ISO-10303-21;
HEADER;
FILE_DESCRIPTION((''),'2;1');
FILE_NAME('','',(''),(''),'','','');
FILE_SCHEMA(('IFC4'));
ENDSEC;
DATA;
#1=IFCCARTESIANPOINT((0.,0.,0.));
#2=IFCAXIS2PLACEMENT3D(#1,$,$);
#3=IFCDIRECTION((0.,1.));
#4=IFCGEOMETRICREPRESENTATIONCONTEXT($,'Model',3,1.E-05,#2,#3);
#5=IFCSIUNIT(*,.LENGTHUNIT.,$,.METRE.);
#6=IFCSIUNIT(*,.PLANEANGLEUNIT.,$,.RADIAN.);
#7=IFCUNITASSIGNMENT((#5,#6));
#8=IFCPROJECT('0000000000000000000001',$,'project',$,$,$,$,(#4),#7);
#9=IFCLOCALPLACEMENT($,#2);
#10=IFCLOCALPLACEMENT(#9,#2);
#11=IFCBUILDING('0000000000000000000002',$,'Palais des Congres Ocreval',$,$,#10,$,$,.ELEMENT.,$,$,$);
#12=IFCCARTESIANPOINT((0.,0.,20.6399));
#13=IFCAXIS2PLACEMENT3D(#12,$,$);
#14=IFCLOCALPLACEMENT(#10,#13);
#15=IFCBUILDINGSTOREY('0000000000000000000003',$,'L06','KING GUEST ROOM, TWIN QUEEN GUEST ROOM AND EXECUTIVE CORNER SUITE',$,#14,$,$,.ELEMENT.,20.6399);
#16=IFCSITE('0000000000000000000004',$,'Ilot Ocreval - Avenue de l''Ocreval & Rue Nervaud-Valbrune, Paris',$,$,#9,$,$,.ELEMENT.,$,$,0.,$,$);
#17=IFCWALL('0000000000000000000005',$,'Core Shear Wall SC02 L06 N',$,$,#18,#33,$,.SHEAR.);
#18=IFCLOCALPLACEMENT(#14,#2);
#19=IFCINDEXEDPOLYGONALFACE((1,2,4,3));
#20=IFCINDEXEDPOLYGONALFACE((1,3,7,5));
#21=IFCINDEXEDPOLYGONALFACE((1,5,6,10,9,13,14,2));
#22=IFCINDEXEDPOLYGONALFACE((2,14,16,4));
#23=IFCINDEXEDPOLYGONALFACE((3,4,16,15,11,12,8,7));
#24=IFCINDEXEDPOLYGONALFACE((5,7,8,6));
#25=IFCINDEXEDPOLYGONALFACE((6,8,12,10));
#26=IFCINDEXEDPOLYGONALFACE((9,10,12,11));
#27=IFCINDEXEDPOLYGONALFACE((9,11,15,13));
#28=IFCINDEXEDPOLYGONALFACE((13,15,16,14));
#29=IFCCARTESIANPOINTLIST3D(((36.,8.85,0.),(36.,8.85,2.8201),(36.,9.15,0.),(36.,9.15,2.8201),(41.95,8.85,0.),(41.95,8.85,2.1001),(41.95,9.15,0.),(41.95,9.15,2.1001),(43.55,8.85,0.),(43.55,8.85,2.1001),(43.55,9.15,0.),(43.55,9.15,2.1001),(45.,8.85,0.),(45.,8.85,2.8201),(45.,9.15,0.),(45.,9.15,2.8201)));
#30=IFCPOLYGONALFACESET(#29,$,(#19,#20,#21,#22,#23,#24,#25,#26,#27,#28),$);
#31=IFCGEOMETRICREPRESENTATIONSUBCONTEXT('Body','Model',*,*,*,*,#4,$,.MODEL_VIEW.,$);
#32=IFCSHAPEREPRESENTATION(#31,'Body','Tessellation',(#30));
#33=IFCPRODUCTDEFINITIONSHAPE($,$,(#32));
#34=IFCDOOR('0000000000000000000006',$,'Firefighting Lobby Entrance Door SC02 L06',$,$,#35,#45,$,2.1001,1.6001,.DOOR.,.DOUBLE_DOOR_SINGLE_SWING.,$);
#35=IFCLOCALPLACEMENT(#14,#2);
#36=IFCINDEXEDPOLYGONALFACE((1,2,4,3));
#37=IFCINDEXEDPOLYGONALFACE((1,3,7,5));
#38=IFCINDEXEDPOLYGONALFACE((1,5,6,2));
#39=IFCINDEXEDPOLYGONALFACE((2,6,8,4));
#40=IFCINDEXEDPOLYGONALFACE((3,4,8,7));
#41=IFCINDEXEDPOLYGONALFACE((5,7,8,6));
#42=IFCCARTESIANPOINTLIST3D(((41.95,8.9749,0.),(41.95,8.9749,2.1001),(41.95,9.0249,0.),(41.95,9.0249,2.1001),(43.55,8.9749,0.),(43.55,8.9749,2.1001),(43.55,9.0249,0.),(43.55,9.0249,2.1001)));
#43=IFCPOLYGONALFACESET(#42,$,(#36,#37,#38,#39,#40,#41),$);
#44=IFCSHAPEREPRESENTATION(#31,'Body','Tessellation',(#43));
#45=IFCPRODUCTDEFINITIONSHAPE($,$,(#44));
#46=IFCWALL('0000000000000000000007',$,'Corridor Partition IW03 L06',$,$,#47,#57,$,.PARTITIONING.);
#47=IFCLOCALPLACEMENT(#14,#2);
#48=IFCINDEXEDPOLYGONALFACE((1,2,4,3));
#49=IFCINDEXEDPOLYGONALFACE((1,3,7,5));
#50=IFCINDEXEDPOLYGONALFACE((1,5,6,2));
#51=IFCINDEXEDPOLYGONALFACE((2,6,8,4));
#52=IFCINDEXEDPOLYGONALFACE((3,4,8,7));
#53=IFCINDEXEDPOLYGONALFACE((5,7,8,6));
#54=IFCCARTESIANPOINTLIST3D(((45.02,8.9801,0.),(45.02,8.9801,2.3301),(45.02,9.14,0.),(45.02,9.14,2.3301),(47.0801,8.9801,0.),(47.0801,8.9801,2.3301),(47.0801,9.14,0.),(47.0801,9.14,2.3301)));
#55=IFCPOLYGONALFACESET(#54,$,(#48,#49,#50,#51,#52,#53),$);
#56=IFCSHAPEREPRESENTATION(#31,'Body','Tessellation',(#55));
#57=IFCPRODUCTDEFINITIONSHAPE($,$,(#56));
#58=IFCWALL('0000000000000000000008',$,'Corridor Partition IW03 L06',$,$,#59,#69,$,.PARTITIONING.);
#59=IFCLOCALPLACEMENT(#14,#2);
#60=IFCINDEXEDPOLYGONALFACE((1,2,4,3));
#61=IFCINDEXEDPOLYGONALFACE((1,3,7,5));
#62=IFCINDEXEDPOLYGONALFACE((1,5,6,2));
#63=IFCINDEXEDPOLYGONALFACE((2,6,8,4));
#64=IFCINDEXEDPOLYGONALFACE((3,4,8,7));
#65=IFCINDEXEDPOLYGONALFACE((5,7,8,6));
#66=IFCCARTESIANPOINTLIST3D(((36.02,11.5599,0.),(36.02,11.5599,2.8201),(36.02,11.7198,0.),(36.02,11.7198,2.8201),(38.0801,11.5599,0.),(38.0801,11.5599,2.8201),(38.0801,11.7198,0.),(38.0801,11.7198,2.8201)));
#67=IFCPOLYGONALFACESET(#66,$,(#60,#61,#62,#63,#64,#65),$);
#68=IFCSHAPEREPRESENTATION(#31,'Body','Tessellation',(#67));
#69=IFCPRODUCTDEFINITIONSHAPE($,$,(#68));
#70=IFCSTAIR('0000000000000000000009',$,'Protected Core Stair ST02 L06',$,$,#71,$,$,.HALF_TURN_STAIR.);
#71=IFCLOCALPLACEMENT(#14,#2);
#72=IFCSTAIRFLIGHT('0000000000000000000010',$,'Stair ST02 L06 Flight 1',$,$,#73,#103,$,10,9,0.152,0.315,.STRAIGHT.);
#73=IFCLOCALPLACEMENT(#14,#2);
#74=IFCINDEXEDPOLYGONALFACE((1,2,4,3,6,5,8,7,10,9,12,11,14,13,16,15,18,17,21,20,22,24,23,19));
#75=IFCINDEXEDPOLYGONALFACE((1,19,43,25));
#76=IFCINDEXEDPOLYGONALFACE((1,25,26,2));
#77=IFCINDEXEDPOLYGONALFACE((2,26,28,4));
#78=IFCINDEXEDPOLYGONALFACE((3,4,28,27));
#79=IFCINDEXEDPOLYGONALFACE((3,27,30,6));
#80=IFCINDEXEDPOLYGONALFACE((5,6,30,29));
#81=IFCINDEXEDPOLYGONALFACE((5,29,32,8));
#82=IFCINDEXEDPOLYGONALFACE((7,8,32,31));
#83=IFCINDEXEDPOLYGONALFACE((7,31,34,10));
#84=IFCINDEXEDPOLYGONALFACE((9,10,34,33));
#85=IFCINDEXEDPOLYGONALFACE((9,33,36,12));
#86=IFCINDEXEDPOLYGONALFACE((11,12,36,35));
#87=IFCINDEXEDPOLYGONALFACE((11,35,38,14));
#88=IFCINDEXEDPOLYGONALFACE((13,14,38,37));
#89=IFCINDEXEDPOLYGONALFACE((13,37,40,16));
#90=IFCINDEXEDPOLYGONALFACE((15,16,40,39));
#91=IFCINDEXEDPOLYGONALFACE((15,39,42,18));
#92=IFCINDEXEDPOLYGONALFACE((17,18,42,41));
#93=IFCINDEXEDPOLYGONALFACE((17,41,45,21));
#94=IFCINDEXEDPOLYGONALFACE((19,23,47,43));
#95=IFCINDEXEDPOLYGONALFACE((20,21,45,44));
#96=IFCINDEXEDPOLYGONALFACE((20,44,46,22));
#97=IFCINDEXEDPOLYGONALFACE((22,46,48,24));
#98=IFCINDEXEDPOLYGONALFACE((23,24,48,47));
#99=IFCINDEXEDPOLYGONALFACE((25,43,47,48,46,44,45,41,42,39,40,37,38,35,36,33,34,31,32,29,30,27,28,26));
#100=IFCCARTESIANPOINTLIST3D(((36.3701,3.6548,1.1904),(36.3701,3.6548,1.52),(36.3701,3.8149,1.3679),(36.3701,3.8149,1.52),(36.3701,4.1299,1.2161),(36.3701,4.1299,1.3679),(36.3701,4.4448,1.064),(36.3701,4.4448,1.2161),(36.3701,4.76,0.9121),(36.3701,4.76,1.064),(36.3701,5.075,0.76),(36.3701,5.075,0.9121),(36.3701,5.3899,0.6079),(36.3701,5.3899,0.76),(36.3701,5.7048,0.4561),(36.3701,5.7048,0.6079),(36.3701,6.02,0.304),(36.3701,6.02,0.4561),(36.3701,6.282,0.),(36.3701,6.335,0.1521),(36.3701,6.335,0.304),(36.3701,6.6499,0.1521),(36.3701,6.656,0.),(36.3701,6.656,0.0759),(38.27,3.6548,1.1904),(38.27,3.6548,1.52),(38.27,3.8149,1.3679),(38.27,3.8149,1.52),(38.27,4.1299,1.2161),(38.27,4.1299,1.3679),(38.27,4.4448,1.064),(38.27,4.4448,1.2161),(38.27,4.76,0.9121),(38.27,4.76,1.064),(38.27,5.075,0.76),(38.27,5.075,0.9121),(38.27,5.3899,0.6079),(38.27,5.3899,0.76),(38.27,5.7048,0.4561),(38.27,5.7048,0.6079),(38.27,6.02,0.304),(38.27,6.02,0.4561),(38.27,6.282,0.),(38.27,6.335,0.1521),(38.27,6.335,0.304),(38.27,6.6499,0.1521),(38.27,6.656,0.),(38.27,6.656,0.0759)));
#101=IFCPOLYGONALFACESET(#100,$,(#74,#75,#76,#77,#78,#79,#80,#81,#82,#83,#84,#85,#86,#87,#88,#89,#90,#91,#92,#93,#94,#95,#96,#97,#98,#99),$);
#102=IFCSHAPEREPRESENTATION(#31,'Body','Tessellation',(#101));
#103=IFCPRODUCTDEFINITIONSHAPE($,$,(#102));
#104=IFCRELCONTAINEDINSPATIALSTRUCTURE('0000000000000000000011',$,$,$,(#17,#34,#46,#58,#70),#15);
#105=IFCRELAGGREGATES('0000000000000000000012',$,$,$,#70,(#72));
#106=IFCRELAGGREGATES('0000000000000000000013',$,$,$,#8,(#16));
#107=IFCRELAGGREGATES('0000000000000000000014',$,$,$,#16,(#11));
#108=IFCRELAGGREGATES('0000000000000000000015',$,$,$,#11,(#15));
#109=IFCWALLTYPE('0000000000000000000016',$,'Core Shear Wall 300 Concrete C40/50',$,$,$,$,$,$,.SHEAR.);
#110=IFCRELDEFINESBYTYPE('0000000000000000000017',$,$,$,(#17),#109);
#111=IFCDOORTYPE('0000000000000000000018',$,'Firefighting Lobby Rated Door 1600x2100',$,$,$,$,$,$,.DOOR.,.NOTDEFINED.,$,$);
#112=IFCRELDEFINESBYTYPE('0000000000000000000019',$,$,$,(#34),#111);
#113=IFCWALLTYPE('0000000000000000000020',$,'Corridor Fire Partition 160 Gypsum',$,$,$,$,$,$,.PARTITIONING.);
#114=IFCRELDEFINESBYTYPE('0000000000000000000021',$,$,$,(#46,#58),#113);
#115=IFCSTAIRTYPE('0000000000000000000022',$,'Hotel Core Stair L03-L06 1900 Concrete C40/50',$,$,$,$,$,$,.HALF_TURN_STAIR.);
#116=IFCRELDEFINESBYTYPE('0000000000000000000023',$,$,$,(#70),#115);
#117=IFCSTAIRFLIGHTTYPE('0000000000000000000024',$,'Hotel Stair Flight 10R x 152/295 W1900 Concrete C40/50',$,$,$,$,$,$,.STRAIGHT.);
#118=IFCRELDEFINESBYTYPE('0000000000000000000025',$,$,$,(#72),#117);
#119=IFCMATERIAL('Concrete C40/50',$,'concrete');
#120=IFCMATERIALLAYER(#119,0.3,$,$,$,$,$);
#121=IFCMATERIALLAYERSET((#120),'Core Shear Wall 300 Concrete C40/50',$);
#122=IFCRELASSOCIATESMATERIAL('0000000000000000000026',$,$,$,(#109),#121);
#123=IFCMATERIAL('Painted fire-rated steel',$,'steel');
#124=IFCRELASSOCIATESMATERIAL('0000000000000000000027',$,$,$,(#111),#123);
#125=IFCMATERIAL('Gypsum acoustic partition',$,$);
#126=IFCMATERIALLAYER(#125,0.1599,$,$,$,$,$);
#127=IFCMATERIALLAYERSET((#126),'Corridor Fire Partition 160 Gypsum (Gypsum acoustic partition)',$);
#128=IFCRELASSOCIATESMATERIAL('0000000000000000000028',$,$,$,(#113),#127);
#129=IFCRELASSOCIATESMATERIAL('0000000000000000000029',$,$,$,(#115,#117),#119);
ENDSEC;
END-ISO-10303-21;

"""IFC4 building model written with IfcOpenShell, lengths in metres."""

from ifc_helpers import new_model, si_unit, direction, frame, frame_2d, origin, place, context, subcontext, project, spatial, polyline, rectangle, outline, extrude, material, layer, layer_set, type_object, element, fill, aggregate, save


model = new_model("IFC4")

# Units and contexts
model_context = context("Model", 3, precision=1e-05, world=origin(), true_north=direction((0.0, 1.0)))
body_context = subcontext(model_context, "Body", "Model", "MODEL_VIEW")
ifc_project = project(units=[si_unit("LENGTHUNIT", "METRE"), si_unit("PLANEANGLEUNIT", "RADIAN")], contexts=[model_context])

# Site, building, storey
site_placement = place(None, origin())
site = spatial("IfcSite", under=ifc_project, at=site_placement, Name="Ilot Ocreval - Avenue de l'Ocreval & Rue Nervaud-Valbrune, Paris", CompositionType="ELEMENT", RefElevation=0.0)
building_placement = place(site_placement, origin())
building = spatial("IfcBuilding", under=site, at=building_placement, Name="Palais des Congres Ocreval", CompositionType="ELEMENT")
storey_placement = place(building_placement, frame((0.0, 0.0, 20.6399)))
storey = spatial("IfcBuildingStorey", under=building, at=storey_placement, Name="L06", Description="KING GUEST ROOM, TWIN QUEEN GUEST ROOM AND EXECUTIVE CORNER SUITE", CompositionType="ELEMENT", Elevation=20.6399)

# Shared definitions
ifc_material_1 = material(Name="Concrete C40/50", Category="concrete")

# Wall, opening, door
ifc_layer_1 = layer(ifc_material_1, 0.3)
ifc_layer_set_1 = layer_set([ifc_layer_1], Name="Core Shear Wall 300 Concrete C40/50")
wall_type_1 = type_object("IfcWallType", Name="Core Shear Wall 300 Concrete C40/50", PredefinedType="SHEAR", material=ifc_layer_set_1)
wall_1_placement = place(storey_placement, frame((36.0, 9.0, 0.0), z_axis=(0.0, 0.0, 1.0), x_axis=(1.0, 0.0, 0.0)))
wall_1 = element("IfcWall", 1, at=wall_1_placement, inside=storey, type_object=wall_type_1, Name="Core Shear Wall SC02 L06 N", PredefinedType="SHEAR", context=body_context, shape_type="SweptSolid", body=[
    extrude(rectangle(XDim=9.0, YDim=0.3, at=frame_2d((4.5, 0.0))), origin(), (0.0, 0.0, 1.0), 2.8201),
])
opening_1_placement = place(wall_1_placement, frame((5.95, 0.0, 0.0)))
opening_1 = element("IfcOpeningElement", 2, at=opening_1_placement, cuts=wall_1, PredefinedType="OPENING", context=body_context, shape_type="SweptSolid", body=[
    extrude(rectangle(XDim=1.6001, YDim=2.1001, at=frame_2d((0.8, 1.05))), frame((0.0, 0.1599, 0.0), z_axis=(0.0, -1.0, 0.0), x_axis=(1.0, 0.0, 0.0)), (0.0, 0.0, 1.0), 0.3201),
])
ifc_material_2 = material(Name="Painted fire-rated steel", Category="steel")
door_type_1 = type_object("IfcDoorType", Name="Firefighting Lobby Rated Door 1600x2100", OperationType="NOTDEFINED", PredefinedType="DOOR", material=ifc_material_2)
door_1_placement = place(opening_1_placement, origin())
door_1 = element("IfcDoor", 3, at=door_1_placement, inside=storey, type_object=door_type_1, Name="Firefighting Lobby Entrance Door SC02 L06", OperationType="DOUBLE_DOOR_SINGLE_SWING", OverallHeight=2.1001, OverallWidth=1.6001, PredefinedType="DOOR", context=body_context, shape_type="SweptSolid", body=[
    extrude(rectangle(XDim=1.6001, YDim=2.1001, at=frame_2d((0.8, 1.05))), frame((0.0, 0.0249, 0.0), z_axis=(0.0, -1.0, 0.0), x_axis=(1.0, 0.0, 0.0)), (0.0, 0.0, 1.0), 0.05),
])
fill(opening_1, door_1)

# Walls
ifc_material_3 = material(Name="Gypsum acoustic partition")
ifc_layer_2 = layer(ifc_material_3, 0.1599)
ifc_layer_set_2 = layer_set([ifc_layer_2], Name="Corridor Fire Partition 160 Gypsum (Gypsum acoustic partition)")
wall_type_2 = type_object("IfcWallType", Name="Corridor Fire Partition 160 Gypsum", PredefinedType="PARTITIONING", material=ifc_layer_set_2)
wall_2_placement = place(storey_placement, frame((45.02, 9.0601, 0.0), z_axis=(0.0, 0.0, 1.0), x_axis=(1.0, 0.0, 0.0)))
element("IfcWall", 4, at=wall_2_placement, inside=storey, type_object=wall_type_2, Name="Corridor Partition IW03 L06", PredefinedType="PARTITIONING", context=body_context, shape_type="SweptSolid", body=[
    extrude(rectangle(XDim=2.0601, YDim=0.1599, at=frame_2d((1.03, 0.0))), origin(), (0.0, 0.0, 1.0), 2.3301),
])
wall_3_placement = place(storey_placement, frame((36.02, 11.6399, 0.0), z_axis=(0.0, 0.0, 1.0), x_axis=(1.0, 0.0, 0.0)))
element("IfcWall", 5, at=wall_3_placement, inside=storey, type_object=wall_type_2, Name="Corridor Partition IW03 L06", PredefinedType="PARTITIONING", context=body_context, shape_type="SweptSolid", body=[
    extrude(rectangle(XDim=2.0601, YDim=0.1599, at=frame_2d((1.03, 0.0))), origin(), (0.0, 0.0, 1.0), 2.8201),
])

# Stair, stair flight
stair_type = type_object("IfcStairType", Name="Hotel Core Stair L03-L06 1900 Concrete C40/50", PredefinedType="HALF_TURN_STAIR", material=ifc_material_1)
stair_placement = place(storey_placement, origin())
stair = element("IfcStair", 6, at=stair_placement, inside=storey, type_object=stair_type, Name="Protected Core Stair ST02 L06", PredefinedType="HALF_TURN_STAIR")
stair_flight_type = type_object("IfcStairFlightType", Name="Hotel Stair Flight 10R x 152/295 W1900 Concrete C40/50", PredefinedType="STRAIGHT", material=ifc_material_1)
stair_flight_placement = place(storey_placement, frame((37.3201, 6.6499, 0.0), z_axis=(0.0, 0.0, 1.0), x_axis=(0.0, -1.0, 0.0)))
stair_flight = element("IfcStairFlight", 7, at=stair_flight_placement, type_object=stair_flight_type, Name="Stair ST02 L06 Flight 1", NumberOfRisers=10, NumberOfTreads=9, PredefinedType="STRAIGHT", RiserHeight=0.152, TreadLength=0.315, context=body_context, shape_type="SweptSolid", body=[
    extrude(outline(polyline([(-0.0061, 0.0), (-0.0061, 0.0759), (0.0, 0.1521), (0.3149, 0.1521), (0.3149, 0.304), (0.6299, 0.304), (0.6299, 0.4561), (0.9451, 0.4561), (0.9451, 0.6079), (1.26, 0.6079), (1.26, 0.76), (1.575, 0.76), (1.575, 0.9121), (1.8899, 0.9121), (1.8899, 1.064), (2.2051, 1.064), (2.2051, 1.2161), (2.52, 1.2161), (2.52, 1.3679), (2.835, 1.3679), (2.835, 1.52), (2.9951, 1.52), (2.9951, 1.1904), (0.3679, 0.0), (-0.0061, 0.0)])), frame((0.0, 0.95, 0.0), z_axis=(0.0, -1.0, 0.0), x_axis=(1.0, 0.0, 0.0)), (0.0, 0.0, 1.0), 1.8999),
])
aggregate(stair, [stair_flight])

save(model, "model.ifc")
